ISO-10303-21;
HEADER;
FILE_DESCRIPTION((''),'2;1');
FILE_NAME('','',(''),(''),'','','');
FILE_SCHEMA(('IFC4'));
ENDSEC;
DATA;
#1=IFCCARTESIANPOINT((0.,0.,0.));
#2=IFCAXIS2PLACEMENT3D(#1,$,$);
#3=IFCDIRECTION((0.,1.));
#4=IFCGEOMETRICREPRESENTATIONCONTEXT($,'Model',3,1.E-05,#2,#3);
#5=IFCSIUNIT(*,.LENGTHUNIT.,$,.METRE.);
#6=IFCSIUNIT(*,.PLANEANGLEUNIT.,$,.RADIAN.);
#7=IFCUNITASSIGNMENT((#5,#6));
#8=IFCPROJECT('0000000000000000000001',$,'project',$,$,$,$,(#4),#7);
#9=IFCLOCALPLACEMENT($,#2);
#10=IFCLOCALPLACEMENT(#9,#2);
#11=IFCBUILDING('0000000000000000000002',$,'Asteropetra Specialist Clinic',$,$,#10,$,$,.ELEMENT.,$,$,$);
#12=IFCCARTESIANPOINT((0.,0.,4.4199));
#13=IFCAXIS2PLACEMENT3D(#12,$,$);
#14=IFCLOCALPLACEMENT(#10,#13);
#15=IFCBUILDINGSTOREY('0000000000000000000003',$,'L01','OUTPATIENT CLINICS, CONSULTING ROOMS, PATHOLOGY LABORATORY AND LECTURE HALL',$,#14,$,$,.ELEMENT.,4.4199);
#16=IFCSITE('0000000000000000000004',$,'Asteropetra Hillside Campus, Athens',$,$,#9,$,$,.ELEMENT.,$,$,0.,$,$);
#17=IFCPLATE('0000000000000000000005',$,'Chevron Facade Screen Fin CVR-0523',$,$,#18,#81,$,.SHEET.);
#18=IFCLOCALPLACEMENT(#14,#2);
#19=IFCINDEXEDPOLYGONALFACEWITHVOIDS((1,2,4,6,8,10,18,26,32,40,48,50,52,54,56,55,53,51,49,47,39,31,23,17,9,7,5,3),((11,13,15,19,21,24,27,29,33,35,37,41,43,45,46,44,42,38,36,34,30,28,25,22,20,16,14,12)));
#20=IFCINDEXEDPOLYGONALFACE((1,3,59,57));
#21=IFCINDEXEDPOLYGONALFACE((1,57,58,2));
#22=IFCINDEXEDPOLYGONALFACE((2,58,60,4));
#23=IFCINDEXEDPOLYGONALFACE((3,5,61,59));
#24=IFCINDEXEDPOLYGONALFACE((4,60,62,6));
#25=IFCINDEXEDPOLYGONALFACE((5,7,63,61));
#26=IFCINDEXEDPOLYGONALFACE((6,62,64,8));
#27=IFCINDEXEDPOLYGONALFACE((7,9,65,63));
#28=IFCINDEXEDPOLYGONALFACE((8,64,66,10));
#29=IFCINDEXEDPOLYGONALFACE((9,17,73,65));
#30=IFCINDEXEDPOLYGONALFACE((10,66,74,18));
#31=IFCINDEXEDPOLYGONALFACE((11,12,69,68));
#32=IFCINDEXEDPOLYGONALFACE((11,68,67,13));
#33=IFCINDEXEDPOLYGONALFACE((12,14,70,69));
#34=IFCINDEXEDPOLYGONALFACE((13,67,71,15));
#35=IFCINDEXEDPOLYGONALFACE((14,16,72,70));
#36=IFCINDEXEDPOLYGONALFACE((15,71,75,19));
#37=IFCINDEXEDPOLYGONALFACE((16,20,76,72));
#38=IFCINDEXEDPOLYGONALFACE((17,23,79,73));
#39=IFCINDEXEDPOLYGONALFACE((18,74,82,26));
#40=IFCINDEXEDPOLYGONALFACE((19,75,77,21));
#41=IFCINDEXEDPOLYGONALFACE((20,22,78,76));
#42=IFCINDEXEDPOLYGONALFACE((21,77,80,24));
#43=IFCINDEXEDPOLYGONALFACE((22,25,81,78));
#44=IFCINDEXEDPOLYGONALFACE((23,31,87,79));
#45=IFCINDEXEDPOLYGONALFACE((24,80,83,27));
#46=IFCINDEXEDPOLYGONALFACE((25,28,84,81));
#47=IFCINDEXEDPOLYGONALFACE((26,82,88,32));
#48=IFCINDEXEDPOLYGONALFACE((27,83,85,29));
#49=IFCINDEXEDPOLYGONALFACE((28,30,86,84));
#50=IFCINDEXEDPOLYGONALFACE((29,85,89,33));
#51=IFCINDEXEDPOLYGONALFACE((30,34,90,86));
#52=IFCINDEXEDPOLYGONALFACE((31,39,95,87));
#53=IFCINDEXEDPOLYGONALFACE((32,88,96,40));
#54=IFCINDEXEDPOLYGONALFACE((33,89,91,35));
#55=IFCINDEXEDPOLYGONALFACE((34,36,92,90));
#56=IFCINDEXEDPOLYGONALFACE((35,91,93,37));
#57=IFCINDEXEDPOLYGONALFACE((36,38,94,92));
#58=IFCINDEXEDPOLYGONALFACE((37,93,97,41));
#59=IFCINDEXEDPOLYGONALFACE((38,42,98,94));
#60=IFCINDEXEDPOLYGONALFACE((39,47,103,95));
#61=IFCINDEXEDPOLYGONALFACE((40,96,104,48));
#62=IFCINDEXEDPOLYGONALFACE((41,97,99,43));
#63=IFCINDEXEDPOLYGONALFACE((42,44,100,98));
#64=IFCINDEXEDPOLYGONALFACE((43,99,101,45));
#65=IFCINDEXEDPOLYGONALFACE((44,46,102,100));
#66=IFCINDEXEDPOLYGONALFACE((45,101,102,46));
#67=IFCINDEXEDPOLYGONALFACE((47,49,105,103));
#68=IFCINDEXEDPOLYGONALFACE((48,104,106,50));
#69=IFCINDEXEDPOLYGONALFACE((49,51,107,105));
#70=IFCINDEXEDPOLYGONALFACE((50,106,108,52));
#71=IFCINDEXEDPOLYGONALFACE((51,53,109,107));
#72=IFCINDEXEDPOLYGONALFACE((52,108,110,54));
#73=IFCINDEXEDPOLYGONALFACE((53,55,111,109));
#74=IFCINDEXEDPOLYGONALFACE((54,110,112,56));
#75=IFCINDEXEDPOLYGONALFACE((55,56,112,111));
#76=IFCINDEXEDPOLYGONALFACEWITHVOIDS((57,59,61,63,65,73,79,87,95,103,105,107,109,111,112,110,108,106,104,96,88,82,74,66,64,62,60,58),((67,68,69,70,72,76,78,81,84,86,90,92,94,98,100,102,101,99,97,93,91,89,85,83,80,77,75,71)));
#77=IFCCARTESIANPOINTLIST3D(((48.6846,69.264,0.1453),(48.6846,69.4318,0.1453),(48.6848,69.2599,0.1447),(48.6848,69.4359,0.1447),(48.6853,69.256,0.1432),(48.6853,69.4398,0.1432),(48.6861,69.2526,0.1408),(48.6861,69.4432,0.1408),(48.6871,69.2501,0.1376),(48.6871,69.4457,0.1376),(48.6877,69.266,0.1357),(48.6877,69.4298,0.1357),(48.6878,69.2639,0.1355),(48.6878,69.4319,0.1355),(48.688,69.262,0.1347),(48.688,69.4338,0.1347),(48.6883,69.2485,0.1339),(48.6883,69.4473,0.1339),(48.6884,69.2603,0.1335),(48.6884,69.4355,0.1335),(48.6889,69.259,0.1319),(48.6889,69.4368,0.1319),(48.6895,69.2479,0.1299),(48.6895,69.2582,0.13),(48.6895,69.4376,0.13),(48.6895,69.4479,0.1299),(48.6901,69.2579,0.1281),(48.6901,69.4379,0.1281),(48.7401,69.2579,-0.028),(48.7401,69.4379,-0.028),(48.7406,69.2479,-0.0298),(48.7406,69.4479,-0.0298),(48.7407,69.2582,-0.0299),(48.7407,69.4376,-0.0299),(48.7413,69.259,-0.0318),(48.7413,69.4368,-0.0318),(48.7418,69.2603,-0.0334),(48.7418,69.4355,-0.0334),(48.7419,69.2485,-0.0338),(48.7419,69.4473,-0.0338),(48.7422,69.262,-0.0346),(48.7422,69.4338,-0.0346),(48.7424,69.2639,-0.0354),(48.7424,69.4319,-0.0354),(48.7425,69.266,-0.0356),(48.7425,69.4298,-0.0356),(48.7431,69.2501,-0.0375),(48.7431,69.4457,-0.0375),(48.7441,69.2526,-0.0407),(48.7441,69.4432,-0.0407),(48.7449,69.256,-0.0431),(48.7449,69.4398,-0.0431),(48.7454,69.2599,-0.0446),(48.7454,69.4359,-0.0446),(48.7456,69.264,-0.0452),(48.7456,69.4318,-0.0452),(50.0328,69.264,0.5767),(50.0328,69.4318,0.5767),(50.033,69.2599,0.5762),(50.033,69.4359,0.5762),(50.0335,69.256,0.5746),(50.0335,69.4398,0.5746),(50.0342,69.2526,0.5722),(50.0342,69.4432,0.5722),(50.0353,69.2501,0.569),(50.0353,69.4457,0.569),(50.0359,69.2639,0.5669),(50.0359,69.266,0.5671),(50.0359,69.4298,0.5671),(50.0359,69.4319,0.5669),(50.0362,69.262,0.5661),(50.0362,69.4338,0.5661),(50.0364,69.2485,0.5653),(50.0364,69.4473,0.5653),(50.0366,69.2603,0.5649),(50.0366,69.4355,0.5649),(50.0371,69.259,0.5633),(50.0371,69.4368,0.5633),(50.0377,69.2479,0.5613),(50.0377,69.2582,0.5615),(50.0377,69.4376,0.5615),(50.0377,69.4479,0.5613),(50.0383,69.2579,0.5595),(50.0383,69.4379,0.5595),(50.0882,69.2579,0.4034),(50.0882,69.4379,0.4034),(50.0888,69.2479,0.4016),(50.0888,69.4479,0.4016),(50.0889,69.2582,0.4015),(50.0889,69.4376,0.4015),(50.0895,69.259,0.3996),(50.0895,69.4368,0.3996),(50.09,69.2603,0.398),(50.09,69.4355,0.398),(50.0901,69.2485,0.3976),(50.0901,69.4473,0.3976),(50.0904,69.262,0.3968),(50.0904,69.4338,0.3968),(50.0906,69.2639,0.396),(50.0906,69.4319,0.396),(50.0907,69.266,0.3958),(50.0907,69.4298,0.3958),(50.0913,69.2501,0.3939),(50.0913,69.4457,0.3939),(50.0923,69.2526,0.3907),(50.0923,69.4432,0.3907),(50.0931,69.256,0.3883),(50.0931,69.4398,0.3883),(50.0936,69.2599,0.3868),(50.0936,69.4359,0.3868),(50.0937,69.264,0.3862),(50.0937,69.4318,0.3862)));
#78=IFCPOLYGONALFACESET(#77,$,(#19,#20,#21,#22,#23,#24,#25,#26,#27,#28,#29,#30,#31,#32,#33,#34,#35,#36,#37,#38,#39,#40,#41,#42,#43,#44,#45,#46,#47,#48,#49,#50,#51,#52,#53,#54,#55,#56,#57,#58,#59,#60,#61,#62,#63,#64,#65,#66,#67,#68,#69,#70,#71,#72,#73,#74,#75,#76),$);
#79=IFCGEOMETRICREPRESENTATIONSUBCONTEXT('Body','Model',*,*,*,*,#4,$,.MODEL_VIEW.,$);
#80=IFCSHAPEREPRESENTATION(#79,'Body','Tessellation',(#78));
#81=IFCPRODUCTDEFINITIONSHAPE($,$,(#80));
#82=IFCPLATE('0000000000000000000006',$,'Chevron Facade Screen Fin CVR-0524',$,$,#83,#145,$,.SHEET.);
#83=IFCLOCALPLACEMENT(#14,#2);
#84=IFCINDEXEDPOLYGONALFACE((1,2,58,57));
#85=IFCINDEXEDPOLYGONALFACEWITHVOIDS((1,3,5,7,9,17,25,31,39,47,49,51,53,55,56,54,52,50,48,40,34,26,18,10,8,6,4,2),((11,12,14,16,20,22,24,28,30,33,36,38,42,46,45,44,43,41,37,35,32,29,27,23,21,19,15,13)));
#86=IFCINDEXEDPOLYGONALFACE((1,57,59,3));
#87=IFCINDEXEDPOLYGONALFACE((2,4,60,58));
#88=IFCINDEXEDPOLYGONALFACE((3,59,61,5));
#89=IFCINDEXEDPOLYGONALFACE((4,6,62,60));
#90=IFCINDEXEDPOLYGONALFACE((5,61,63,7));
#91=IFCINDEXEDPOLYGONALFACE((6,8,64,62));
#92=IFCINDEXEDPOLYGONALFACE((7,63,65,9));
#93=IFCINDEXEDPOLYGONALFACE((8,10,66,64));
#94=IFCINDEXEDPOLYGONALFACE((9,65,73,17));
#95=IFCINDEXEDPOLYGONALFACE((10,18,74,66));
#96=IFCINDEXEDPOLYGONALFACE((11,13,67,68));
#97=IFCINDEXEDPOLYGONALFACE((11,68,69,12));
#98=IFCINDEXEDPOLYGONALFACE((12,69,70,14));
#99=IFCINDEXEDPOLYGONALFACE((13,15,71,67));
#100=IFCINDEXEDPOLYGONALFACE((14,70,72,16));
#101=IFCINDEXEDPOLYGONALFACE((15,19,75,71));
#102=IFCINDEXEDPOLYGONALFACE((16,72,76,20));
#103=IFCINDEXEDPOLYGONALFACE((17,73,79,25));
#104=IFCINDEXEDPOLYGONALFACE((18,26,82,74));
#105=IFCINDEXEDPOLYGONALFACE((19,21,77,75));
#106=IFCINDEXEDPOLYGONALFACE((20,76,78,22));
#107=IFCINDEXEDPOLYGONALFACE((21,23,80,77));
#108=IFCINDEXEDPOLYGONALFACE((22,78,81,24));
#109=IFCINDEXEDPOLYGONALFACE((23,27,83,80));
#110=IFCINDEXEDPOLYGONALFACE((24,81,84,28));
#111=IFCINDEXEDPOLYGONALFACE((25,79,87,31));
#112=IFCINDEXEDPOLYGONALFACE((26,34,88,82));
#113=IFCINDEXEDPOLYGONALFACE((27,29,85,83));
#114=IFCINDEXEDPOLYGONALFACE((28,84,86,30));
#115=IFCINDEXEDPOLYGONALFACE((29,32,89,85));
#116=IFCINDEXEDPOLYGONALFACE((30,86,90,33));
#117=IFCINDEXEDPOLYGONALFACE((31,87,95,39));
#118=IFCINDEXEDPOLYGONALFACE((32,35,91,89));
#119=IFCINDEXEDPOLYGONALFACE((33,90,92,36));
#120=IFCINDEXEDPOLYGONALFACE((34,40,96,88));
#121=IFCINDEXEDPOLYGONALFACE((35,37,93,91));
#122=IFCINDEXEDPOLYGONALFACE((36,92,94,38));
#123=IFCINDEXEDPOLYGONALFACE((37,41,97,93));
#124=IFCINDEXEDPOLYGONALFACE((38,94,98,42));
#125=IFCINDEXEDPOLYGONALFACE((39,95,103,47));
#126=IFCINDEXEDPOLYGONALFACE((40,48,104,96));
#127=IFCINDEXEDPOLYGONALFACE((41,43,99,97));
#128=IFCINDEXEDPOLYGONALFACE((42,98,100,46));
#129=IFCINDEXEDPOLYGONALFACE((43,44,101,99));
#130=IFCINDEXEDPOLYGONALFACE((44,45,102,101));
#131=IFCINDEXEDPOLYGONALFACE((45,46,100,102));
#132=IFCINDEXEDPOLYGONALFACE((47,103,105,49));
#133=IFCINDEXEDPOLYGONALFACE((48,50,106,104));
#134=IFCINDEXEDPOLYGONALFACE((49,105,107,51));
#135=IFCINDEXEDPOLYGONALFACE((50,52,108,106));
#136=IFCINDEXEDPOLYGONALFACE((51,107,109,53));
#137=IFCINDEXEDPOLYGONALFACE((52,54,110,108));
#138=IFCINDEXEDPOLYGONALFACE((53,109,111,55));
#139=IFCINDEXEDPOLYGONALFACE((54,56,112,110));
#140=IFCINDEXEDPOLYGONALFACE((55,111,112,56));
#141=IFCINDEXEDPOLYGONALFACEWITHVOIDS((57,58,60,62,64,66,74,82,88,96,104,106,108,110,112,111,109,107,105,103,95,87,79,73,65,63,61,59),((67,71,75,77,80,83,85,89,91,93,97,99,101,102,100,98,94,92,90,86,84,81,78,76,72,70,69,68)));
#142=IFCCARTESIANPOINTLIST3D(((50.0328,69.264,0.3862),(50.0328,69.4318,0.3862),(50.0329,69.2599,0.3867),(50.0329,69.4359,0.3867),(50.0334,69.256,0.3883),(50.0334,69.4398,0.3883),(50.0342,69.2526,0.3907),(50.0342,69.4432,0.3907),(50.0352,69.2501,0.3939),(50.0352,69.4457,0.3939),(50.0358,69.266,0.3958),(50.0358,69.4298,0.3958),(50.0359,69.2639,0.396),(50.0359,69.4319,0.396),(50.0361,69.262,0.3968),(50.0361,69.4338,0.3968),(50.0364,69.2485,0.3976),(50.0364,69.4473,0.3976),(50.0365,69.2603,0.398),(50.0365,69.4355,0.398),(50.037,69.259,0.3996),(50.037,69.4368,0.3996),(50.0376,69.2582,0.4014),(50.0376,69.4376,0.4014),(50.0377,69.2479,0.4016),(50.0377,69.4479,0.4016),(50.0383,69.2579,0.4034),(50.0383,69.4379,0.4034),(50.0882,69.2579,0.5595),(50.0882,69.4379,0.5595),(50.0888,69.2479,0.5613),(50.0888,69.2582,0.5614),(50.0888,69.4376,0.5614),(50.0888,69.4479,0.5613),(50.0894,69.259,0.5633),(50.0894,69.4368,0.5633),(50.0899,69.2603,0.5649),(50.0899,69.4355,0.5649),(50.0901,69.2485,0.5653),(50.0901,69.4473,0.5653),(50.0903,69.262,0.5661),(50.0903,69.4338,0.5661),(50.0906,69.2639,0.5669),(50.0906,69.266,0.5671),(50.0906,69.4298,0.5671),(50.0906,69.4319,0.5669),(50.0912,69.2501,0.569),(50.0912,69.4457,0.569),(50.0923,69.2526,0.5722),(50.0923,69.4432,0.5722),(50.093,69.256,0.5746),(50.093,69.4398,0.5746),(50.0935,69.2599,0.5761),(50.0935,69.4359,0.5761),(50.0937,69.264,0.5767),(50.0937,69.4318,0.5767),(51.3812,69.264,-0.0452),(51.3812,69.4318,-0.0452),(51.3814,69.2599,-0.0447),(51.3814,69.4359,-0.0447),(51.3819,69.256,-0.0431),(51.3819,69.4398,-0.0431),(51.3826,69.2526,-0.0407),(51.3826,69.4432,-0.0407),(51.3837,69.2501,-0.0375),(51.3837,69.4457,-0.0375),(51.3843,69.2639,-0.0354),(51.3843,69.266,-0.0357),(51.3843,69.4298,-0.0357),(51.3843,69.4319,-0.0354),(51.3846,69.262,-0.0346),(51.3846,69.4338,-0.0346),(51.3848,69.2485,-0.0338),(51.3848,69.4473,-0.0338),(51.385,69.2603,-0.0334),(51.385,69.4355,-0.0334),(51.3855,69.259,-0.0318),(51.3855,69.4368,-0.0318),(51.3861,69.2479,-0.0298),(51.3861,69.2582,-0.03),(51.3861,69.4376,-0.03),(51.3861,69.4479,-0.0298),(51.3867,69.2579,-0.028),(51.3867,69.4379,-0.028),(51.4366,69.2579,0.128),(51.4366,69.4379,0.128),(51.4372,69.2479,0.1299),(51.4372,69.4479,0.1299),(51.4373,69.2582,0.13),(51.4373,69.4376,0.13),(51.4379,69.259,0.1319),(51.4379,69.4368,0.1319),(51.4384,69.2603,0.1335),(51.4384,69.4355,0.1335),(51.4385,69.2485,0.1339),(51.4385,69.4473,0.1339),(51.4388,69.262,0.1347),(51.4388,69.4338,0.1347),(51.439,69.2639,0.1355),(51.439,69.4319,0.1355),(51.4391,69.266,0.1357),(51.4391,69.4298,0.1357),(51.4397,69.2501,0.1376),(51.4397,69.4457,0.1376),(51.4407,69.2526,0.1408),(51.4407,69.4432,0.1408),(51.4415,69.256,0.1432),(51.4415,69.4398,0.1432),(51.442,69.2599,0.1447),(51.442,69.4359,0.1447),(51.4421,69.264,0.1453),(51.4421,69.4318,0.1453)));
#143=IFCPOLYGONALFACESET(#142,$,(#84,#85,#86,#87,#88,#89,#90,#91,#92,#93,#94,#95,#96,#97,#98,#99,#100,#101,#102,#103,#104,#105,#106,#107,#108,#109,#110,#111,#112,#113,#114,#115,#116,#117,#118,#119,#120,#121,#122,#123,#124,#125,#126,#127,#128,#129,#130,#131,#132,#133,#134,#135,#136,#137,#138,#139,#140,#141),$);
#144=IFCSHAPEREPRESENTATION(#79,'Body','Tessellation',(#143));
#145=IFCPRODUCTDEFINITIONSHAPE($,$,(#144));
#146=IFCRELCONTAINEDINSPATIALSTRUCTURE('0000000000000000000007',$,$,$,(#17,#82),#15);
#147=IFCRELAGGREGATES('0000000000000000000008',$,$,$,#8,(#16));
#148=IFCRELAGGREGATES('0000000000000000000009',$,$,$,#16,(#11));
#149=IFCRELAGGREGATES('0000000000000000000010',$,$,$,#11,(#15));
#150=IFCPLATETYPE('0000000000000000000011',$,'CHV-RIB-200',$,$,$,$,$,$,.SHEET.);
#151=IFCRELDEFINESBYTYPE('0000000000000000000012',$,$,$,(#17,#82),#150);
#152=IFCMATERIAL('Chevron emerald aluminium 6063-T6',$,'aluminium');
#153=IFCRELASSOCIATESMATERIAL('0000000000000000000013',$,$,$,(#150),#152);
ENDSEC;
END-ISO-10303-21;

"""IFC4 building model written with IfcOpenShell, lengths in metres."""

from ifc_helpers import new_model, si_unit, direction, frame, origin, origin_2d, place, context, subcontext, project, spatial, hollow_rectangle, extrude, material, material_profile, profile_set, type_object, element, save


model = new_model("IFC4")

# Units and contexts
model_context = context("Model", 3, precision=1e-05, world=origin(), true_north=direction((0.0, 1.0)))
body_context = subcontext(model_context, "Body", "Model", "MODEL_VIEW")
ifc_project = project(units=[si_unit("LENGTHUNIT", "METRE"), si_unit("PLANEANGLEUNIT", "RADIAN")], contexts=[model_context])

# Site, building, storey
site_placement = place(None, origin())
site = spatial("IfcSite", under=ifc_project, at=site_placement, Name="Asteropetra Hillside Campus, Athens", CompositionType="ELEMENT", RefElevation=0.0)
building_placement = place(site_placement, origin())
building = spatial("IfcBuilding", under=site, at=building_placement, Name="Asteropetra Specialist Clinic", CompositionType="ELEMENT")
storey_placement = place(building_placement, frame((0.0, 0.0, 4.4199)))
storey = spatial("IfcBuildingStorey", under=building, at=storey_placement, Name="L01", Description="OUTPATIENT CLINICS, CONSULTING ROOMS, PATHOLOGY LABORATORY AND LECTURE HALL", CompositionType="ELEMENT", Elevation=4.4199)

# Plates
ifc_material_1 = material(Name="Chevron emerald aluminium 6063-T6", Category="aluminium")
ifc_material_profile = material_profile(ifc_material_1, hollow_rectangle(XDim=0.2, YDim=0.2, WallThickness=0.01, InnerFilletRadius=0.0081, OuterFilletRadius=0.0161, at=origin_2d()), Name="SHS 200x200x10.0")
ifc_profile_set = profile_set([ifc_material_profile], Name="Chevron emerald aluminium 6063-T6")
plate_type_1 = type_object("IfcPlateType", Name="CHV-RIB-200", PredefinedType="SHEET", material=ifc_profile_set)
plate_1_placement = place(storey_placement, frame((48.7151, 69.3479, 0.05), z_axis=(0.952426, 0.0, 0.304769), x_axis=(0.0, 1.0, 0.0)))
element("IfcPlate", 1, at=plate_1_placement, inside=storey, type_object=plate_type_1, Name="Chevron Facade Screen Fin CVR-0523", PredefinedType="SHEET", context=body_context, shape_type="SweptSolid", body=[
    extrude(hollow_rectangle(XDim=0.2, YDim=0.2, WallThickness=0.01, InnerFilletRadius=0.0081, OuterFilletRadius=0.0161, at=origin_2d()), origin(), (0.0, 0.0, 1.0), 1.4155),
])
plate_2_placement = place(storey_placement, frame((50.0632, 69.3479, 0.4814), z_axis=(0.952442, 0.0, -0.304719), x_axis=(0.0, 1.0, 0.0)))
element("IfcPlate", 2, at=plate_2_placement, inside=storey, type_object=plate_type_1, Name="Chevron Facade Screen Fin CVR-0524", PredefinedType="SHEET", context=body_context, shape_type="SweptSolid", body=[
    extrude(hollow_rectangle(XDim=0.2, YDim=0.2, WallThickness=0.01, InnerFilletRadius=0.0081, OuterFilletRadius=0.0161, at=origin_2d()), origin(), (0.0, 0.0, 1.0), 1.4158),
])

save(model, "model.ifc")
